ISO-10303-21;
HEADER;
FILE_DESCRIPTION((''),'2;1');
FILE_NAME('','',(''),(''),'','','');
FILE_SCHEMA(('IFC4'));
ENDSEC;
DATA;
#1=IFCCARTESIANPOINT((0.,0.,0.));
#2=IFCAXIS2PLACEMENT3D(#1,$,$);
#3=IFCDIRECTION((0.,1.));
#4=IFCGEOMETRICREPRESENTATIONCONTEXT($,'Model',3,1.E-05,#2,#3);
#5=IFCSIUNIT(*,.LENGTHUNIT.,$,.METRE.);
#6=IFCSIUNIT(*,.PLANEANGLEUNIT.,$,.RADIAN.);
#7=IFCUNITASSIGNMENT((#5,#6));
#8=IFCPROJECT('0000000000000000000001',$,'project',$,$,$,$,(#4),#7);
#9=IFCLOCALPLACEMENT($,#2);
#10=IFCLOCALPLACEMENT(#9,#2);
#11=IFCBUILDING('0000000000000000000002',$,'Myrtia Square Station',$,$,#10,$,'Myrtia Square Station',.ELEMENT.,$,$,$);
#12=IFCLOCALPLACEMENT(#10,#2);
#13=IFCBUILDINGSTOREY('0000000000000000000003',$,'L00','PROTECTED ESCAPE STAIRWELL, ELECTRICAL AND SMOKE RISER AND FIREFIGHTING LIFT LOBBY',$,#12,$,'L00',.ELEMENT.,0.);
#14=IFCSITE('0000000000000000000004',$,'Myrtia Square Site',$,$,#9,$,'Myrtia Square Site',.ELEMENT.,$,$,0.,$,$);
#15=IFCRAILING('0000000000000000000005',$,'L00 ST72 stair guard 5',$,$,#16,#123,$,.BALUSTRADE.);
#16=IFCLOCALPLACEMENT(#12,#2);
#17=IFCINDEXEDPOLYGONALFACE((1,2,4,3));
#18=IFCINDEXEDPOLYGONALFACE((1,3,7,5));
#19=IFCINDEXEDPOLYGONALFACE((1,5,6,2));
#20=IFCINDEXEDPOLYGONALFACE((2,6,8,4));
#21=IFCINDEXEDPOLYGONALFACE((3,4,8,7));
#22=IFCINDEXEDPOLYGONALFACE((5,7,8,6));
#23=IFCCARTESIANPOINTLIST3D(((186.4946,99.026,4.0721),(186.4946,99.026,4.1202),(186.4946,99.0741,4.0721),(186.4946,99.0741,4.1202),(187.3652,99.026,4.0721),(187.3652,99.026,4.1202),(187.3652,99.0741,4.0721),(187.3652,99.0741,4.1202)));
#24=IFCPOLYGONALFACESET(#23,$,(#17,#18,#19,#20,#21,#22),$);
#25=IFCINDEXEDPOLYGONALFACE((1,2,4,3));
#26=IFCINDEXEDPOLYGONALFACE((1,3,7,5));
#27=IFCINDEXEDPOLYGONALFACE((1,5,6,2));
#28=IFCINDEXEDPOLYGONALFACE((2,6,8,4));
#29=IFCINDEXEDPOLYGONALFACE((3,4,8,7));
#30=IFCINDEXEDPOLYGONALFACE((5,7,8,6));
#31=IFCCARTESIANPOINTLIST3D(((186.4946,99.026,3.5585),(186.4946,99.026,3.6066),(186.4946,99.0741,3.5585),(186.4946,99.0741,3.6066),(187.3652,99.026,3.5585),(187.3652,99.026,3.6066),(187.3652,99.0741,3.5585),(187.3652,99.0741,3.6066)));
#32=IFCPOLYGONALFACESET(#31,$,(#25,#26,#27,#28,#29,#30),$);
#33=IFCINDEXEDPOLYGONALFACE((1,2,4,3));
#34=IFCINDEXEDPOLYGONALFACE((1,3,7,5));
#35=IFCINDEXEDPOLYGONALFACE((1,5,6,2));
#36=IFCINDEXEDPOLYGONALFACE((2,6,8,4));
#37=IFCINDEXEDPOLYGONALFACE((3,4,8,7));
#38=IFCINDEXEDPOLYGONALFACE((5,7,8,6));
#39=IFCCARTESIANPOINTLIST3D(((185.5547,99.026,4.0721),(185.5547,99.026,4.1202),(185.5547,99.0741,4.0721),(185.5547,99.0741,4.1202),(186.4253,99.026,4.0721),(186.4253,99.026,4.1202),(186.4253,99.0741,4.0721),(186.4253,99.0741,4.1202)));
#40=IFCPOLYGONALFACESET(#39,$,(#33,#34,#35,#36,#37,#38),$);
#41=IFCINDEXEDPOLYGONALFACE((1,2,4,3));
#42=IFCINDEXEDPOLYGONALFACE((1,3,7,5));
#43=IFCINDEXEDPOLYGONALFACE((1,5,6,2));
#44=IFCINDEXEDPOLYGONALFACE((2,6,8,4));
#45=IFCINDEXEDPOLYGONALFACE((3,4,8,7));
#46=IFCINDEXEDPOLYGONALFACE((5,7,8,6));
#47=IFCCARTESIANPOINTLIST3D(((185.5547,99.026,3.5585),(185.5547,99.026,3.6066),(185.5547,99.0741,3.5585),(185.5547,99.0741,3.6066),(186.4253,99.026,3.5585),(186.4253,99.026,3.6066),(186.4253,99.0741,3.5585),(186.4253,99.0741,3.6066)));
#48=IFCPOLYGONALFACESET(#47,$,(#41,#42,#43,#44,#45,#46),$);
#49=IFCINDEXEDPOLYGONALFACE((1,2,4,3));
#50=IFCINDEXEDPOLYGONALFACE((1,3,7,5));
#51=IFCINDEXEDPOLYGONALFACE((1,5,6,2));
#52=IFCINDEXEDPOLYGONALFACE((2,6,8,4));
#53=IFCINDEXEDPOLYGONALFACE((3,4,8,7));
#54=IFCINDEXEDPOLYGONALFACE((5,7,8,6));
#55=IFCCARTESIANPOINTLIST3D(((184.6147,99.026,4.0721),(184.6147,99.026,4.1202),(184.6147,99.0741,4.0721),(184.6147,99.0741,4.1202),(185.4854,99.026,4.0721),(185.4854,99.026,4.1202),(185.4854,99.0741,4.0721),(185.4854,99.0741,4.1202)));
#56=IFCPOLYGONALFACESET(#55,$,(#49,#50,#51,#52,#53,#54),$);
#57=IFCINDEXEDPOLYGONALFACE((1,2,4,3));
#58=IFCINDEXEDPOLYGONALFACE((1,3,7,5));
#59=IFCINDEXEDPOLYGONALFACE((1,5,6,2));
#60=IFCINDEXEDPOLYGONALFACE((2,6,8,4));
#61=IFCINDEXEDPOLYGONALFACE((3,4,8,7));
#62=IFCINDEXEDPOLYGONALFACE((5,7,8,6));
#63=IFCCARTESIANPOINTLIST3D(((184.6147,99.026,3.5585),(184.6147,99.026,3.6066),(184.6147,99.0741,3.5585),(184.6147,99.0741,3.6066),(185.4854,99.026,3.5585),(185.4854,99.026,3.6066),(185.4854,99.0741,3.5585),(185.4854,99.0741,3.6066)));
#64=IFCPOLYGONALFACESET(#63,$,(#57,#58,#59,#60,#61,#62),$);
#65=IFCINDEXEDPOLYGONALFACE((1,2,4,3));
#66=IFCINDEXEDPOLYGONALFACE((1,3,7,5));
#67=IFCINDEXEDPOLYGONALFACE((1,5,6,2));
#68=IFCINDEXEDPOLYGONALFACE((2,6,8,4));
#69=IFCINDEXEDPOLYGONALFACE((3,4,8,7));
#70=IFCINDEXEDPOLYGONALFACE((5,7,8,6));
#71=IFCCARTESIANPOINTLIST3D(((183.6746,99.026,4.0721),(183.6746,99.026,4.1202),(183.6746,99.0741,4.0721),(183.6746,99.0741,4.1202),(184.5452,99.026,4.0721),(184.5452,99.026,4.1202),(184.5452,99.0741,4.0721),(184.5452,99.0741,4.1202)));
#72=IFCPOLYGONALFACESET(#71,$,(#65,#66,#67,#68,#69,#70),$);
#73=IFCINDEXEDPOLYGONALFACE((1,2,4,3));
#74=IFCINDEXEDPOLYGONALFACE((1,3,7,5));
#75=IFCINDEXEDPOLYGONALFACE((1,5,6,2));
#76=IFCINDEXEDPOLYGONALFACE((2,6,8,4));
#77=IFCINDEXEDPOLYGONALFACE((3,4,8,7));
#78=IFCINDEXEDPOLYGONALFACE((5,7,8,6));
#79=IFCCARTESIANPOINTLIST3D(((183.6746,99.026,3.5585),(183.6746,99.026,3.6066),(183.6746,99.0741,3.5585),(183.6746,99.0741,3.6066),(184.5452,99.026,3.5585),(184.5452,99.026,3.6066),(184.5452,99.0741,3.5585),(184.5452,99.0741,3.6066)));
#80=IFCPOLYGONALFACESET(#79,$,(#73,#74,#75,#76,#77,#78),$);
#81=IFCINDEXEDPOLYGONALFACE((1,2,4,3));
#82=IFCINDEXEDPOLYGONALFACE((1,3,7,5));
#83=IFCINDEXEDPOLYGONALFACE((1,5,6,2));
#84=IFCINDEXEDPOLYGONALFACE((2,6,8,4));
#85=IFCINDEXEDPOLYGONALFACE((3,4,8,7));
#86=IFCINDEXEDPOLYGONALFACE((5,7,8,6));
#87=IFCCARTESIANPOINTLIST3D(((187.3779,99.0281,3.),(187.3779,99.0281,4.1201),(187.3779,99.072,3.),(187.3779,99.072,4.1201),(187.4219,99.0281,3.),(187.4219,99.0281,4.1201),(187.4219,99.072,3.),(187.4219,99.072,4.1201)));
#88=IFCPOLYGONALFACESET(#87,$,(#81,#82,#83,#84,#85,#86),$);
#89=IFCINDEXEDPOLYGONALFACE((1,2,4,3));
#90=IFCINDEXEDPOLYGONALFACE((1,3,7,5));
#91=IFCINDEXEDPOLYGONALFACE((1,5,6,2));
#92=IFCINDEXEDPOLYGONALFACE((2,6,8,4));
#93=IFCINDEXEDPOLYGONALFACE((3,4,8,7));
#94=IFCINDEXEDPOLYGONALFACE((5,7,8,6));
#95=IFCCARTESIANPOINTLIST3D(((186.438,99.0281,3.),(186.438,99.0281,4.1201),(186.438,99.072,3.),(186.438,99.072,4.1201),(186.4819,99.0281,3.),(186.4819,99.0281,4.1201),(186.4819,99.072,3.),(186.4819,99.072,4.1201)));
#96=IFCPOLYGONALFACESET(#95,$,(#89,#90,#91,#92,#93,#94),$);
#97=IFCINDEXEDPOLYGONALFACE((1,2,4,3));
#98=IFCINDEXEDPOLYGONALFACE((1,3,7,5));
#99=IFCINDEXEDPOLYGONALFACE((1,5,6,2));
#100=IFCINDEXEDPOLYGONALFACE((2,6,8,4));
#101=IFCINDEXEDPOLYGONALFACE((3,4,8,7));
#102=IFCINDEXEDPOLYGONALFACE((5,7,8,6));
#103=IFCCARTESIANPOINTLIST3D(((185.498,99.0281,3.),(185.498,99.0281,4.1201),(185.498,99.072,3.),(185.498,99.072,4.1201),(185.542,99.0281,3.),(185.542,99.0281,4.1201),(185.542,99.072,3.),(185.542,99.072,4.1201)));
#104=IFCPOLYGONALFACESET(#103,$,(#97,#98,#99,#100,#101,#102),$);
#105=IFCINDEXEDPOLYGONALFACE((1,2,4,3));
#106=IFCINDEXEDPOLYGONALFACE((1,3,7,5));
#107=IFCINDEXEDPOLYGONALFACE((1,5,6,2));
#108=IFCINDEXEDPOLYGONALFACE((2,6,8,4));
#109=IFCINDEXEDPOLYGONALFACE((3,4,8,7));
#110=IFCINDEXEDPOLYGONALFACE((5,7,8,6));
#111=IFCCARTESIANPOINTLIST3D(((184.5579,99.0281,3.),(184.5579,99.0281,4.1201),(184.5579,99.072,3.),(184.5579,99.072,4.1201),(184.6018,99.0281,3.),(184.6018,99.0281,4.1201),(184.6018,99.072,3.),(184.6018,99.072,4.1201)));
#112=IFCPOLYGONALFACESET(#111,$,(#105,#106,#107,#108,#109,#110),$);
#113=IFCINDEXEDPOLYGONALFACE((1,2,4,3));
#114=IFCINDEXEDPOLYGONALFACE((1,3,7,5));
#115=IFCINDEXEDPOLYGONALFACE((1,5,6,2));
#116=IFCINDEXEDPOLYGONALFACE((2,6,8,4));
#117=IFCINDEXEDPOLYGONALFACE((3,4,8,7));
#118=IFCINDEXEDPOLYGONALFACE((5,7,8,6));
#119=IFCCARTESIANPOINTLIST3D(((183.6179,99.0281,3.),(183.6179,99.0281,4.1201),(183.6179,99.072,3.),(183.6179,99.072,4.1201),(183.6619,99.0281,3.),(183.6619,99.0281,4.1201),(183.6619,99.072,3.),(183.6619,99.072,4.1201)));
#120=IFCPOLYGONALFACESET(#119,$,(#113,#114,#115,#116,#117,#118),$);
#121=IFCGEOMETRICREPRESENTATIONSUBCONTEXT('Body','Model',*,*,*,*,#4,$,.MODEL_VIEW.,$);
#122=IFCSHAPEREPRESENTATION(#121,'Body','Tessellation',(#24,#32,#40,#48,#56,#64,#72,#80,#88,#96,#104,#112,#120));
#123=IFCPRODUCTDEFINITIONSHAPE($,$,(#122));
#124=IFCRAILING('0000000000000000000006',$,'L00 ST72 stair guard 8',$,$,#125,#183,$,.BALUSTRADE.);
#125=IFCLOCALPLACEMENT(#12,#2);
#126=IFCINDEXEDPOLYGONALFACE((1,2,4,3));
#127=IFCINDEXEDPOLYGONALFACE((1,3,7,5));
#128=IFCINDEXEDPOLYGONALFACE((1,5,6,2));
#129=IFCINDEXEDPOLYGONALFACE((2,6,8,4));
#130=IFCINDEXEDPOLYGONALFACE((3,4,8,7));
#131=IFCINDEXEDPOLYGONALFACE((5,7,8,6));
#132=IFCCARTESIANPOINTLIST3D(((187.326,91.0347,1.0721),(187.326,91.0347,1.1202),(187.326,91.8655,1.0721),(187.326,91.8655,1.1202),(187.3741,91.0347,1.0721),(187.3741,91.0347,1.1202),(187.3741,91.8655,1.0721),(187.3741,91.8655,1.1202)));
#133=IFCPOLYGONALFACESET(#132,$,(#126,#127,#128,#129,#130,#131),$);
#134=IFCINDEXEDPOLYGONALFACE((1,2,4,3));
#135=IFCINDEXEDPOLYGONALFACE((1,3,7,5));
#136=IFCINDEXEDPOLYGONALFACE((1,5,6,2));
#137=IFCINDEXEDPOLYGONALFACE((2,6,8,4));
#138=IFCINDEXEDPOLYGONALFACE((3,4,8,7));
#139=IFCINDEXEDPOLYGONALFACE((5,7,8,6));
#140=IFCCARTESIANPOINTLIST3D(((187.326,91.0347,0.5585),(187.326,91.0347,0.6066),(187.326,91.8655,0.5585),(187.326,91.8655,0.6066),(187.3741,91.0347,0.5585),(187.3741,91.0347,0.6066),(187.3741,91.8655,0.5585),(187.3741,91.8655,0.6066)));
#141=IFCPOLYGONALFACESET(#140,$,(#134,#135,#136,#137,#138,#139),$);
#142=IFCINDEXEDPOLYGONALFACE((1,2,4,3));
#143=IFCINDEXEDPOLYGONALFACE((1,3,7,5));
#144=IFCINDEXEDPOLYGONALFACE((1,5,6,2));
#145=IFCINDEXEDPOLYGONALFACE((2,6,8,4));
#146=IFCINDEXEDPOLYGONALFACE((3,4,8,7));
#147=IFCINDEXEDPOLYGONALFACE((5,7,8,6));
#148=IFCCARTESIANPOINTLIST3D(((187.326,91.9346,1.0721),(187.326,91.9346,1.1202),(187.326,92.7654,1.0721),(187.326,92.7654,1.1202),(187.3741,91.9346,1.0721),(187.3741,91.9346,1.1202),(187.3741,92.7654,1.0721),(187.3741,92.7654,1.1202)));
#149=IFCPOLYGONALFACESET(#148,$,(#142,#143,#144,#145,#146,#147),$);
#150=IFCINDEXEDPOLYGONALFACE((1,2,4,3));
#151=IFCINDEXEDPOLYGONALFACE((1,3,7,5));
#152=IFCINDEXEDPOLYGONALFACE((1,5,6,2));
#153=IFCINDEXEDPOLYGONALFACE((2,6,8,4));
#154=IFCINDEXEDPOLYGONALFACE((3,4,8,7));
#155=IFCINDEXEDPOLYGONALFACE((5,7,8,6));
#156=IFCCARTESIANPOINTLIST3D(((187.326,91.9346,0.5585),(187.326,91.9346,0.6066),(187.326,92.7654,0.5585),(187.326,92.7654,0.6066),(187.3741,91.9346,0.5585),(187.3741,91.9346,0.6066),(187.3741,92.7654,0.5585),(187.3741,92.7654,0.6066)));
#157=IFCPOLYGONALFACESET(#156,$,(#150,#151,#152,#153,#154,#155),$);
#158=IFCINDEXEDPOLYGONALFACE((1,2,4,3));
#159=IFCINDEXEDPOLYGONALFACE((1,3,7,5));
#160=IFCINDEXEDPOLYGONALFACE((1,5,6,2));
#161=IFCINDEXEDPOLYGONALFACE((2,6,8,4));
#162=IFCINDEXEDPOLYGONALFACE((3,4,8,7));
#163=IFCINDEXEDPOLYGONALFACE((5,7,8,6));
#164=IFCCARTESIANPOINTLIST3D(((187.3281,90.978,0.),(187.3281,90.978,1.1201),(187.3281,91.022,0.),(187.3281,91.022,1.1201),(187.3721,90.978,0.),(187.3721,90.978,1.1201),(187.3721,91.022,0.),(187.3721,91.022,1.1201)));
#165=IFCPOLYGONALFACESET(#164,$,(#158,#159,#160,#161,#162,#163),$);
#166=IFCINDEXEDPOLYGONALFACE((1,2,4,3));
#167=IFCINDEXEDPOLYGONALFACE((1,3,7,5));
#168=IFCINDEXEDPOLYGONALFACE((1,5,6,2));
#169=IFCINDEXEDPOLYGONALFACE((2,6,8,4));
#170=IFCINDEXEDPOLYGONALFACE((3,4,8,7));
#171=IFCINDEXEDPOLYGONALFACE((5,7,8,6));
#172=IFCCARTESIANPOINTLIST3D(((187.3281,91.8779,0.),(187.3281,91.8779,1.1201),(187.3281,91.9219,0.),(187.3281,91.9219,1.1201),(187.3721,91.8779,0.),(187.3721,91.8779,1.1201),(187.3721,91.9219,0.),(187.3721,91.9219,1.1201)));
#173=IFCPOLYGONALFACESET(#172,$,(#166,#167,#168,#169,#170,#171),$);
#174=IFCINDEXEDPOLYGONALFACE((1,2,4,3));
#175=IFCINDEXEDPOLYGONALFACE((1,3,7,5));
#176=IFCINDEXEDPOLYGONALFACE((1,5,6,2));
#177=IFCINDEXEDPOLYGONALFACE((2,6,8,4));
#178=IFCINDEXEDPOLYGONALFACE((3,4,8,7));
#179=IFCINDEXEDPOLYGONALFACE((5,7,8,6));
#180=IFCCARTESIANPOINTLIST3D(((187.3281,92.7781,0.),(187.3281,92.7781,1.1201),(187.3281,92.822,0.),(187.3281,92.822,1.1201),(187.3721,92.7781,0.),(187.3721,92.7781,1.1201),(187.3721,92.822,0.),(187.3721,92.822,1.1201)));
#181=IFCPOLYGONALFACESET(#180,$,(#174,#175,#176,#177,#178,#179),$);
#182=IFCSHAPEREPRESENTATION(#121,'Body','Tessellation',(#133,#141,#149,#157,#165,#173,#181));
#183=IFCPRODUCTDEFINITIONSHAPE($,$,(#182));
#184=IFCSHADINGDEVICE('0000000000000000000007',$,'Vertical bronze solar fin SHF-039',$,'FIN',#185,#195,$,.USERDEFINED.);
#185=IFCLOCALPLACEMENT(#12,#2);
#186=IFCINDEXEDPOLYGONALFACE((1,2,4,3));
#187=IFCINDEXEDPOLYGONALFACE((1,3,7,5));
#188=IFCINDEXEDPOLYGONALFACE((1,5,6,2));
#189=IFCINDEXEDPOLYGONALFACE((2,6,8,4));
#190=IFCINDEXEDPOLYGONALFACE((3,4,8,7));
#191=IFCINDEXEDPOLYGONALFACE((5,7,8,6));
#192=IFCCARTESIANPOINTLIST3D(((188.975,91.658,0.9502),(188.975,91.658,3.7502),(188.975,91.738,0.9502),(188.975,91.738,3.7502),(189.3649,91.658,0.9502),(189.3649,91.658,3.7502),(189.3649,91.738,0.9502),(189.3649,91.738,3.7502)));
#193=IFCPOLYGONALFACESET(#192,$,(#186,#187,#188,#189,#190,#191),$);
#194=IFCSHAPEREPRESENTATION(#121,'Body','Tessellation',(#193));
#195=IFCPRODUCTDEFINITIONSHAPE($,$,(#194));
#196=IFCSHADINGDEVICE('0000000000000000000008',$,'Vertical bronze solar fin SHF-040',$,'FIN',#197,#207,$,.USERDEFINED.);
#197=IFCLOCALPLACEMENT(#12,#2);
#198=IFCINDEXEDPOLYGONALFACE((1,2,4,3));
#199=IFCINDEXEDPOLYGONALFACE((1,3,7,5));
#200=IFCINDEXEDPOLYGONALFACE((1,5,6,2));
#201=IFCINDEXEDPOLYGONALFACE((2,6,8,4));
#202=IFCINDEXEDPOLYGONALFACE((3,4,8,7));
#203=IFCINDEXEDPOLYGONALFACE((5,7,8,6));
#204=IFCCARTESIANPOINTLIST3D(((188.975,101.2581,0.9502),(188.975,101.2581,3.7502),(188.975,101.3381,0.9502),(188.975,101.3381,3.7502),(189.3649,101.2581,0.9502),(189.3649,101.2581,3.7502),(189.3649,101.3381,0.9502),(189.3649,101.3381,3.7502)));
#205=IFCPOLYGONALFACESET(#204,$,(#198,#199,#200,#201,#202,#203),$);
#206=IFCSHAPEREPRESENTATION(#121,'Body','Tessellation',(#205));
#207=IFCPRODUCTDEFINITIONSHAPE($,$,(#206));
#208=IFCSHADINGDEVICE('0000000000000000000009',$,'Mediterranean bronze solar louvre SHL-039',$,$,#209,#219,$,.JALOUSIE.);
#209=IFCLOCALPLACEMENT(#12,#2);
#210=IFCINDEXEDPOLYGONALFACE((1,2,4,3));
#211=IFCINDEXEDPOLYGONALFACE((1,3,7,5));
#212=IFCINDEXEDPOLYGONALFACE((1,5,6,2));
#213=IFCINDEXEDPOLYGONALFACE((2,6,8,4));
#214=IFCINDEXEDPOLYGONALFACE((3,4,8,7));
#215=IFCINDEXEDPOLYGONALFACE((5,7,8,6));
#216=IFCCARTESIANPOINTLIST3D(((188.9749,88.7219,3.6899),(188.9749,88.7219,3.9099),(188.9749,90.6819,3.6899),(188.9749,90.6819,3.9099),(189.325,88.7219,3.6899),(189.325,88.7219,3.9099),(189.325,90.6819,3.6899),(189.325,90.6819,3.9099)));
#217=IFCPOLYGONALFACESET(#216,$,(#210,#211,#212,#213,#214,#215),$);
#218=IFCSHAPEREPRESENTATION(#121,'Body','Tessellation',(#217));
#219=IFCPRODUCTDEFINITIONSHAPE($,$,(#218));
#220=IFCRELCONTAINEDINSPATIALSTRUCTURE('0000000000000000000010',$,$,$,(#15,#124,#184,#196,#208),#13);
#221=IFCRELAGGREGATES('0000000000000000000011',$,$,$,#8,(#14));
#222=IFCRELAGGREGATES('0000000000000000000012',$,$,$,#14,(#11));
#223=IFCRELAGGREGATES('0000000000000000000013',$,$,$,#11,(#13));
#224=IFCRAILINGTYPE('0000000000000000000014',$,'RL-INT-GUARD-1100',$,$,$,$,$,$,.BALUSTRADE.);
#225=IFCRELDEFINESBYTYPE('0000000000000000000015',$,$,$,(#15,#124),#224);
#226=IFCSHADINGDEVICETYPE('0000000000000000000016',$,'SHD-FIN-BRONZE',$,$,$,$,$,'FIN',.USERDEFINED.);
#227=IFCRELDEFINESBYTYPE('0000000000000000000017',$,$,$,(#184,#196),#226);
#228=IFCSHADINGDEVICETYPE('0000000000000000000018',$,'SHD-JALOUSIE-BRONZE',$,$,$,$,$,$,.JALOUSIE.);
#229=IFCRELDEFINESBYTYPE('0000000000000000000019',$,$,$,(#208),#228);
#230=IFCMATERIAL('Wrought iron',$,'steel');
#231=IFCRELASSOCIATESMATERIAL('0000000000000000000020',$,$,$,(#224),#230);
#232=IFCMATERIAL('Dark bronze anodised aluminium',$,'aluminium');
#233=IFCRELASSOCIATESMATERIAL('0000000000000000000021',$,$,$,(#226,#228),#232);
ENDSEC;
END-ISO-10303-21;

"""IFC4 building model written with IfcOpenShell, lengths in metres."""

from ifc_helpers import new_model, si_unit, direction, frame, origin, origin_2d, place, context, subcontext, project, spatial, rectangle, extrude, material, type_object, element, save


model = new_model("IFC4")

# Units and contexts
model_context = context("Model", 3, precision=1e-05, world=origin(), true_north=direction((0.0, 1.0)))
body_context = subcontext(model_context, "Body", "Model", "MODEL_VIEW")
ifc_project = project(units=[si_unit("LENGTHUNIT", "METRE"), si_unit("PLANEANGLEUNIT", "RADIAN")], contexts=[model_context])

# Site, building, storey
site_placement = place(None, origin())
site = spatial("IfcSite", under=ifc_project, at=site_placement, Name="Myrtia Square Site", LongName="Myrtia Square Site", CompositionType="ELEMENT", RefElevation=0.0)
building_placement = place(site_placement, origin())
building = spatial("IfcBuilding", under=site, at=building_placement, Name="Myrtia Square Station", LongName="Myrtia Square Station", CompositionType="ELEMENT")
storey_placement = place(building_placement, origin())
storey = spatial("IfcBuildingStorey", under=building, at=storey_placement, Name="L00", Description="PROTECTED ESCAPE STAIRWELL, ELECTRICAL AND SMOKE RISER AND FIREFIGHTING LIFT LOBBY", LongName="L00", CompositionType="ELEMENT", Elevation=0.0)

# Railings
ifc_material_1 = material(Name="Dark bronze anodised aluminium", Category="aluminium")
ifc_material_2 = material(Name="Wrought iron", Category="steel")
railing_type_1 = type_object("IfcRailingType", Name="RL-INT-GUARD-1100", PredefinedType="BALUSTRADE", material=ifc_material_2)
railing_1_placement = place(storey_placement, frame((187.3999, 99.05, 3.0)))
element("IfcRailing", 1, at=railing_1_placement, inside=storey, type_object=railing_type_1, Name="L00 ST72 stair guard 5", PredefinedType="BALUSTRADE", context=body_context, shape_type="SweptSolid", body=[
    extrude(rectangle(XDim=0.0481, YDim=0.0481, at=origin_2d()), frame((-0.0347, 0.0, 1.0962), z_axis=(-1.0, 0.0, 0.0), x_axis=(0.0, -1.0, 0.0)), (0.0, 0.0, 1.0), 0.8706),
    extrude(rectangle(XDim=0.0481, YDim=0.0481, at=origin_2d()), frame((-0.0347, 0.0, 0.5825), z_axis=(-1.0, 0.0, 0.0), x_axis=(0.0, -1.0, 0.0)), (0.0, 0.0, 1.0), 0.8706),
    extrude(rectangle(XDim=0.0481, YDim=0.0481, at=origin_2d()), frame((-0.9746, 0.0, 1.0962), z_axis=(-1.0, 0.0, 0.0), x_axis=(0.0, -1.0, 0.0)), (0.0, 0.0, 1.0), 0.8706),
    extrude(rectangle(XDim=0.0481, YDim=0.0481, at=origin_2d()), frame((-0.9746, 0.0, 0.5825), z_axis=(-1.0, 0.0, 0.0), x_axis=(0.0, -1.0, 0.0)), (0.0, 0.0, 1.0), 0.8706),
    extrude(rectangle(XDim=0.0481, YDim=0.0481, at=origin_2d()), frame((-1.9146, 0.0, 1.0962), z_axis=(-1.0, 0.0, 0.0), x_axis=(0.0, -1.0, 0.0)), (0.0, 0.0, 1.0), 0.8706),
    extrude(rectangle(XDim=0.0481, YDim=0.0481, at=origin_2d()), frame((-1.9146, 0.0, 0.5825), z_axis=(-1.0, 0.0, 0.0), x_axis=(0.0, -1.0, 0.0)), (0.0, 0.0, 1.0), 0.8706),
    extrude(rectangle(XDim=0.0481, YDim=0.0481, at=origin_2d()), frame((-2.8547, 0.0, 1.0962), z_axis=(-1.0, 0.0, 0.0), x_axis=(0.0, -1.0, 0.0)), (0.0, 0.0, 1.0), 0.8706),
    extrude(rectangle(XDim=0.0481, YDim=0.0481, at=origin_2d()), frame((-2.8547, 0.0, 0.5825), z_axis=(-1.0, 0.0, 0.0), x_axis=(0.0, -1.0, 0.0)), (0.0, 0.0, 1.0), 0.8706),
    extrude(rectangle(XDim=0.0439, YDim=0.0439, at=origin_2d()), origin(), (0.0, 0.0, 1.0), 1.1201),
    extrude(rectangle(XDim=0.0439, YDim=0.0439, at=origin_2d()), frame((-0.9399, 0.0, 0.0)), (0.0, 0.0, 1.0), 1.1201),
    extrude(rectangle(XDim=0.0439, YDim=0.0439, at=origin_2d()), frame((-1.8799, 0.0, 0.0)), (0.0, 0.0, 1.0), 1.1201),
    extrude(rectangle(XDim=0.0439, YDim=0.0439, at=origin_2d()), frame((-2.8201, 0.0, 0.0)), (0.0, 0.0, 1.0), 1.1201),
    extrude(rectangle(XDim=0.0439, YDim=0.0439, at=origin_2d()), frame((-3.76, 0.0, 0.0)), (0.0, 0.0, 1.0), 1.1201),
])
railing_2_placement = place(storey_placement, frame((187.3501, 91.0, 0.0)))
element("IfcRailing", 2, at=railing_2_placement, inside=storey, type_object=railing_type_1, Name="L00 ST72 stair guard 8", PredefinedType="BALUSTRADE", context=body_context, shape_type="SweptSolid", body=[
    extrude(rectangle(XDim=0.0481, YDim=0.0481, at=origin_2d()), frame((0.0, 0.0347, 1.0962), z_axis=(0.0, 1.0, 0.0), x_axis=(-1.0, 0.0, 0.0)), (0.0, 0.0, 1.0), 0.8308),
    extrude(rectangle(XDim=0.0481, YDim=0.0481, at=origin_2d()), frame((0.0, 0.0347, 0.5825), z_axis=(0.0, 1.0, 0.0), x_axis=(-1.0, 0.0, 0.0)), (0.0, 0.0, 1.0), 0.8308),
    extrude(rectangle(XDim=0.0481, YDim=0.0481, at=origin_2d()), frame((0.0, 0.9346, 1.0962), z_axis=(0.0, 1.0, 0.0), x_axis=(-1.0, 0.0, 0.0)), (0.0, 0.0, 1.0), 0.8308),
    extrude(rectangle(XDim=0.0481, YDim=0.0481, at=origin_2d()), frame((0.0, 0.9346, 0.5825), z_axis=(0.0, 1.0, 0.0), x_axis=(-1.0, 0.0, 0.0)), (0.0, 0.0, 1.0), 0.8308),
    extrude(rectangle(XDim=0.0439, YDim=0.0439, at=origin_2d()), origin(), (0.0, 0.0, 1.0), 1.1201),
    extrude(rectangle(XDim=0.0439, YDim=0.0439, at=origin_2d()), frame((0.0, 0.8999, 0.0)), (0.0, 0.0, 1.0), 1.1201),
    extrude(rectangle(XDim=0.0439, YDim=0.0439, at=origin_2d()), frame((0.0, 1.8, 0.0)), (0.0, 0.0, 1.0), 1.1201),
])

# Shading devices
shading_device_type_1 = type_object("IfcShadingDeviceType", Name="SHD-FIN-BRONZE", ElementType="FIN", PredefinedType="USERDEFINED", material=ifc_material_1)
for number, where, z_axis, x_axis, name in (
    (3, (189.1699, 91.698, 0.9502), (0.0, 0.0, 1.0), (0.0, 1.0, 0.0), "Vertical bronze solar fin SHF-039"),
    (4, (189.1699, 101.2981, 0.9502), (0.0, 0.0, 1.0), (0.0, 1.0, 0.0), "Vertical bronze solar fin SHF-040"),
):
    element("IfcShadingDevice", number, at=place(storey_placement, frame(where, z_axis=z_axis, x_axis=x_axis)), inside=storey, type_object=shading_device_type_1, Name=name, ObjectType="FIN", PredefinedType="USERDEFINED", context=body_context, shape_type="SweptSolid", body=[
        extrude(rectangle(XDim=0.0801, YDim=0.3899, at=origin_2d()), origin(), (0.0, 0.0, 1.0), 2.8),
    ])
shading_device_type_2 = type_object("IfcShadingDeviceType", Name="SHD-JALOUSIE-BRONZE", PredefinedType="JALOUSIE", material=ifc_material_1)
for number, where, z_axis, x_axis, name in (
    (5, (189.1499, 89.7019, 3.6899), (0.0, 0.0, 1.0), (0.0, 1.0, 0.0), "Mediterranean bronze solar louvre SHL-039"),
):
    element("IfcShadingDevice", number, at=place(storey_placement, frame(where, z_axis=z_axis, x_axis=x_axis)), inside=storey, type_object=shading_device_type_2, Name=name, PredefinedType="JALOUSIE", context=body_context, shape_type="SweptSolid", body=[
        extrude(rectangle(XDim=1.96, YDim=0.3501, at=origin_2d()), origin(), (0.0, 0.0, 1.0), 0.22),
    ])

save(model, "model.ifc")
